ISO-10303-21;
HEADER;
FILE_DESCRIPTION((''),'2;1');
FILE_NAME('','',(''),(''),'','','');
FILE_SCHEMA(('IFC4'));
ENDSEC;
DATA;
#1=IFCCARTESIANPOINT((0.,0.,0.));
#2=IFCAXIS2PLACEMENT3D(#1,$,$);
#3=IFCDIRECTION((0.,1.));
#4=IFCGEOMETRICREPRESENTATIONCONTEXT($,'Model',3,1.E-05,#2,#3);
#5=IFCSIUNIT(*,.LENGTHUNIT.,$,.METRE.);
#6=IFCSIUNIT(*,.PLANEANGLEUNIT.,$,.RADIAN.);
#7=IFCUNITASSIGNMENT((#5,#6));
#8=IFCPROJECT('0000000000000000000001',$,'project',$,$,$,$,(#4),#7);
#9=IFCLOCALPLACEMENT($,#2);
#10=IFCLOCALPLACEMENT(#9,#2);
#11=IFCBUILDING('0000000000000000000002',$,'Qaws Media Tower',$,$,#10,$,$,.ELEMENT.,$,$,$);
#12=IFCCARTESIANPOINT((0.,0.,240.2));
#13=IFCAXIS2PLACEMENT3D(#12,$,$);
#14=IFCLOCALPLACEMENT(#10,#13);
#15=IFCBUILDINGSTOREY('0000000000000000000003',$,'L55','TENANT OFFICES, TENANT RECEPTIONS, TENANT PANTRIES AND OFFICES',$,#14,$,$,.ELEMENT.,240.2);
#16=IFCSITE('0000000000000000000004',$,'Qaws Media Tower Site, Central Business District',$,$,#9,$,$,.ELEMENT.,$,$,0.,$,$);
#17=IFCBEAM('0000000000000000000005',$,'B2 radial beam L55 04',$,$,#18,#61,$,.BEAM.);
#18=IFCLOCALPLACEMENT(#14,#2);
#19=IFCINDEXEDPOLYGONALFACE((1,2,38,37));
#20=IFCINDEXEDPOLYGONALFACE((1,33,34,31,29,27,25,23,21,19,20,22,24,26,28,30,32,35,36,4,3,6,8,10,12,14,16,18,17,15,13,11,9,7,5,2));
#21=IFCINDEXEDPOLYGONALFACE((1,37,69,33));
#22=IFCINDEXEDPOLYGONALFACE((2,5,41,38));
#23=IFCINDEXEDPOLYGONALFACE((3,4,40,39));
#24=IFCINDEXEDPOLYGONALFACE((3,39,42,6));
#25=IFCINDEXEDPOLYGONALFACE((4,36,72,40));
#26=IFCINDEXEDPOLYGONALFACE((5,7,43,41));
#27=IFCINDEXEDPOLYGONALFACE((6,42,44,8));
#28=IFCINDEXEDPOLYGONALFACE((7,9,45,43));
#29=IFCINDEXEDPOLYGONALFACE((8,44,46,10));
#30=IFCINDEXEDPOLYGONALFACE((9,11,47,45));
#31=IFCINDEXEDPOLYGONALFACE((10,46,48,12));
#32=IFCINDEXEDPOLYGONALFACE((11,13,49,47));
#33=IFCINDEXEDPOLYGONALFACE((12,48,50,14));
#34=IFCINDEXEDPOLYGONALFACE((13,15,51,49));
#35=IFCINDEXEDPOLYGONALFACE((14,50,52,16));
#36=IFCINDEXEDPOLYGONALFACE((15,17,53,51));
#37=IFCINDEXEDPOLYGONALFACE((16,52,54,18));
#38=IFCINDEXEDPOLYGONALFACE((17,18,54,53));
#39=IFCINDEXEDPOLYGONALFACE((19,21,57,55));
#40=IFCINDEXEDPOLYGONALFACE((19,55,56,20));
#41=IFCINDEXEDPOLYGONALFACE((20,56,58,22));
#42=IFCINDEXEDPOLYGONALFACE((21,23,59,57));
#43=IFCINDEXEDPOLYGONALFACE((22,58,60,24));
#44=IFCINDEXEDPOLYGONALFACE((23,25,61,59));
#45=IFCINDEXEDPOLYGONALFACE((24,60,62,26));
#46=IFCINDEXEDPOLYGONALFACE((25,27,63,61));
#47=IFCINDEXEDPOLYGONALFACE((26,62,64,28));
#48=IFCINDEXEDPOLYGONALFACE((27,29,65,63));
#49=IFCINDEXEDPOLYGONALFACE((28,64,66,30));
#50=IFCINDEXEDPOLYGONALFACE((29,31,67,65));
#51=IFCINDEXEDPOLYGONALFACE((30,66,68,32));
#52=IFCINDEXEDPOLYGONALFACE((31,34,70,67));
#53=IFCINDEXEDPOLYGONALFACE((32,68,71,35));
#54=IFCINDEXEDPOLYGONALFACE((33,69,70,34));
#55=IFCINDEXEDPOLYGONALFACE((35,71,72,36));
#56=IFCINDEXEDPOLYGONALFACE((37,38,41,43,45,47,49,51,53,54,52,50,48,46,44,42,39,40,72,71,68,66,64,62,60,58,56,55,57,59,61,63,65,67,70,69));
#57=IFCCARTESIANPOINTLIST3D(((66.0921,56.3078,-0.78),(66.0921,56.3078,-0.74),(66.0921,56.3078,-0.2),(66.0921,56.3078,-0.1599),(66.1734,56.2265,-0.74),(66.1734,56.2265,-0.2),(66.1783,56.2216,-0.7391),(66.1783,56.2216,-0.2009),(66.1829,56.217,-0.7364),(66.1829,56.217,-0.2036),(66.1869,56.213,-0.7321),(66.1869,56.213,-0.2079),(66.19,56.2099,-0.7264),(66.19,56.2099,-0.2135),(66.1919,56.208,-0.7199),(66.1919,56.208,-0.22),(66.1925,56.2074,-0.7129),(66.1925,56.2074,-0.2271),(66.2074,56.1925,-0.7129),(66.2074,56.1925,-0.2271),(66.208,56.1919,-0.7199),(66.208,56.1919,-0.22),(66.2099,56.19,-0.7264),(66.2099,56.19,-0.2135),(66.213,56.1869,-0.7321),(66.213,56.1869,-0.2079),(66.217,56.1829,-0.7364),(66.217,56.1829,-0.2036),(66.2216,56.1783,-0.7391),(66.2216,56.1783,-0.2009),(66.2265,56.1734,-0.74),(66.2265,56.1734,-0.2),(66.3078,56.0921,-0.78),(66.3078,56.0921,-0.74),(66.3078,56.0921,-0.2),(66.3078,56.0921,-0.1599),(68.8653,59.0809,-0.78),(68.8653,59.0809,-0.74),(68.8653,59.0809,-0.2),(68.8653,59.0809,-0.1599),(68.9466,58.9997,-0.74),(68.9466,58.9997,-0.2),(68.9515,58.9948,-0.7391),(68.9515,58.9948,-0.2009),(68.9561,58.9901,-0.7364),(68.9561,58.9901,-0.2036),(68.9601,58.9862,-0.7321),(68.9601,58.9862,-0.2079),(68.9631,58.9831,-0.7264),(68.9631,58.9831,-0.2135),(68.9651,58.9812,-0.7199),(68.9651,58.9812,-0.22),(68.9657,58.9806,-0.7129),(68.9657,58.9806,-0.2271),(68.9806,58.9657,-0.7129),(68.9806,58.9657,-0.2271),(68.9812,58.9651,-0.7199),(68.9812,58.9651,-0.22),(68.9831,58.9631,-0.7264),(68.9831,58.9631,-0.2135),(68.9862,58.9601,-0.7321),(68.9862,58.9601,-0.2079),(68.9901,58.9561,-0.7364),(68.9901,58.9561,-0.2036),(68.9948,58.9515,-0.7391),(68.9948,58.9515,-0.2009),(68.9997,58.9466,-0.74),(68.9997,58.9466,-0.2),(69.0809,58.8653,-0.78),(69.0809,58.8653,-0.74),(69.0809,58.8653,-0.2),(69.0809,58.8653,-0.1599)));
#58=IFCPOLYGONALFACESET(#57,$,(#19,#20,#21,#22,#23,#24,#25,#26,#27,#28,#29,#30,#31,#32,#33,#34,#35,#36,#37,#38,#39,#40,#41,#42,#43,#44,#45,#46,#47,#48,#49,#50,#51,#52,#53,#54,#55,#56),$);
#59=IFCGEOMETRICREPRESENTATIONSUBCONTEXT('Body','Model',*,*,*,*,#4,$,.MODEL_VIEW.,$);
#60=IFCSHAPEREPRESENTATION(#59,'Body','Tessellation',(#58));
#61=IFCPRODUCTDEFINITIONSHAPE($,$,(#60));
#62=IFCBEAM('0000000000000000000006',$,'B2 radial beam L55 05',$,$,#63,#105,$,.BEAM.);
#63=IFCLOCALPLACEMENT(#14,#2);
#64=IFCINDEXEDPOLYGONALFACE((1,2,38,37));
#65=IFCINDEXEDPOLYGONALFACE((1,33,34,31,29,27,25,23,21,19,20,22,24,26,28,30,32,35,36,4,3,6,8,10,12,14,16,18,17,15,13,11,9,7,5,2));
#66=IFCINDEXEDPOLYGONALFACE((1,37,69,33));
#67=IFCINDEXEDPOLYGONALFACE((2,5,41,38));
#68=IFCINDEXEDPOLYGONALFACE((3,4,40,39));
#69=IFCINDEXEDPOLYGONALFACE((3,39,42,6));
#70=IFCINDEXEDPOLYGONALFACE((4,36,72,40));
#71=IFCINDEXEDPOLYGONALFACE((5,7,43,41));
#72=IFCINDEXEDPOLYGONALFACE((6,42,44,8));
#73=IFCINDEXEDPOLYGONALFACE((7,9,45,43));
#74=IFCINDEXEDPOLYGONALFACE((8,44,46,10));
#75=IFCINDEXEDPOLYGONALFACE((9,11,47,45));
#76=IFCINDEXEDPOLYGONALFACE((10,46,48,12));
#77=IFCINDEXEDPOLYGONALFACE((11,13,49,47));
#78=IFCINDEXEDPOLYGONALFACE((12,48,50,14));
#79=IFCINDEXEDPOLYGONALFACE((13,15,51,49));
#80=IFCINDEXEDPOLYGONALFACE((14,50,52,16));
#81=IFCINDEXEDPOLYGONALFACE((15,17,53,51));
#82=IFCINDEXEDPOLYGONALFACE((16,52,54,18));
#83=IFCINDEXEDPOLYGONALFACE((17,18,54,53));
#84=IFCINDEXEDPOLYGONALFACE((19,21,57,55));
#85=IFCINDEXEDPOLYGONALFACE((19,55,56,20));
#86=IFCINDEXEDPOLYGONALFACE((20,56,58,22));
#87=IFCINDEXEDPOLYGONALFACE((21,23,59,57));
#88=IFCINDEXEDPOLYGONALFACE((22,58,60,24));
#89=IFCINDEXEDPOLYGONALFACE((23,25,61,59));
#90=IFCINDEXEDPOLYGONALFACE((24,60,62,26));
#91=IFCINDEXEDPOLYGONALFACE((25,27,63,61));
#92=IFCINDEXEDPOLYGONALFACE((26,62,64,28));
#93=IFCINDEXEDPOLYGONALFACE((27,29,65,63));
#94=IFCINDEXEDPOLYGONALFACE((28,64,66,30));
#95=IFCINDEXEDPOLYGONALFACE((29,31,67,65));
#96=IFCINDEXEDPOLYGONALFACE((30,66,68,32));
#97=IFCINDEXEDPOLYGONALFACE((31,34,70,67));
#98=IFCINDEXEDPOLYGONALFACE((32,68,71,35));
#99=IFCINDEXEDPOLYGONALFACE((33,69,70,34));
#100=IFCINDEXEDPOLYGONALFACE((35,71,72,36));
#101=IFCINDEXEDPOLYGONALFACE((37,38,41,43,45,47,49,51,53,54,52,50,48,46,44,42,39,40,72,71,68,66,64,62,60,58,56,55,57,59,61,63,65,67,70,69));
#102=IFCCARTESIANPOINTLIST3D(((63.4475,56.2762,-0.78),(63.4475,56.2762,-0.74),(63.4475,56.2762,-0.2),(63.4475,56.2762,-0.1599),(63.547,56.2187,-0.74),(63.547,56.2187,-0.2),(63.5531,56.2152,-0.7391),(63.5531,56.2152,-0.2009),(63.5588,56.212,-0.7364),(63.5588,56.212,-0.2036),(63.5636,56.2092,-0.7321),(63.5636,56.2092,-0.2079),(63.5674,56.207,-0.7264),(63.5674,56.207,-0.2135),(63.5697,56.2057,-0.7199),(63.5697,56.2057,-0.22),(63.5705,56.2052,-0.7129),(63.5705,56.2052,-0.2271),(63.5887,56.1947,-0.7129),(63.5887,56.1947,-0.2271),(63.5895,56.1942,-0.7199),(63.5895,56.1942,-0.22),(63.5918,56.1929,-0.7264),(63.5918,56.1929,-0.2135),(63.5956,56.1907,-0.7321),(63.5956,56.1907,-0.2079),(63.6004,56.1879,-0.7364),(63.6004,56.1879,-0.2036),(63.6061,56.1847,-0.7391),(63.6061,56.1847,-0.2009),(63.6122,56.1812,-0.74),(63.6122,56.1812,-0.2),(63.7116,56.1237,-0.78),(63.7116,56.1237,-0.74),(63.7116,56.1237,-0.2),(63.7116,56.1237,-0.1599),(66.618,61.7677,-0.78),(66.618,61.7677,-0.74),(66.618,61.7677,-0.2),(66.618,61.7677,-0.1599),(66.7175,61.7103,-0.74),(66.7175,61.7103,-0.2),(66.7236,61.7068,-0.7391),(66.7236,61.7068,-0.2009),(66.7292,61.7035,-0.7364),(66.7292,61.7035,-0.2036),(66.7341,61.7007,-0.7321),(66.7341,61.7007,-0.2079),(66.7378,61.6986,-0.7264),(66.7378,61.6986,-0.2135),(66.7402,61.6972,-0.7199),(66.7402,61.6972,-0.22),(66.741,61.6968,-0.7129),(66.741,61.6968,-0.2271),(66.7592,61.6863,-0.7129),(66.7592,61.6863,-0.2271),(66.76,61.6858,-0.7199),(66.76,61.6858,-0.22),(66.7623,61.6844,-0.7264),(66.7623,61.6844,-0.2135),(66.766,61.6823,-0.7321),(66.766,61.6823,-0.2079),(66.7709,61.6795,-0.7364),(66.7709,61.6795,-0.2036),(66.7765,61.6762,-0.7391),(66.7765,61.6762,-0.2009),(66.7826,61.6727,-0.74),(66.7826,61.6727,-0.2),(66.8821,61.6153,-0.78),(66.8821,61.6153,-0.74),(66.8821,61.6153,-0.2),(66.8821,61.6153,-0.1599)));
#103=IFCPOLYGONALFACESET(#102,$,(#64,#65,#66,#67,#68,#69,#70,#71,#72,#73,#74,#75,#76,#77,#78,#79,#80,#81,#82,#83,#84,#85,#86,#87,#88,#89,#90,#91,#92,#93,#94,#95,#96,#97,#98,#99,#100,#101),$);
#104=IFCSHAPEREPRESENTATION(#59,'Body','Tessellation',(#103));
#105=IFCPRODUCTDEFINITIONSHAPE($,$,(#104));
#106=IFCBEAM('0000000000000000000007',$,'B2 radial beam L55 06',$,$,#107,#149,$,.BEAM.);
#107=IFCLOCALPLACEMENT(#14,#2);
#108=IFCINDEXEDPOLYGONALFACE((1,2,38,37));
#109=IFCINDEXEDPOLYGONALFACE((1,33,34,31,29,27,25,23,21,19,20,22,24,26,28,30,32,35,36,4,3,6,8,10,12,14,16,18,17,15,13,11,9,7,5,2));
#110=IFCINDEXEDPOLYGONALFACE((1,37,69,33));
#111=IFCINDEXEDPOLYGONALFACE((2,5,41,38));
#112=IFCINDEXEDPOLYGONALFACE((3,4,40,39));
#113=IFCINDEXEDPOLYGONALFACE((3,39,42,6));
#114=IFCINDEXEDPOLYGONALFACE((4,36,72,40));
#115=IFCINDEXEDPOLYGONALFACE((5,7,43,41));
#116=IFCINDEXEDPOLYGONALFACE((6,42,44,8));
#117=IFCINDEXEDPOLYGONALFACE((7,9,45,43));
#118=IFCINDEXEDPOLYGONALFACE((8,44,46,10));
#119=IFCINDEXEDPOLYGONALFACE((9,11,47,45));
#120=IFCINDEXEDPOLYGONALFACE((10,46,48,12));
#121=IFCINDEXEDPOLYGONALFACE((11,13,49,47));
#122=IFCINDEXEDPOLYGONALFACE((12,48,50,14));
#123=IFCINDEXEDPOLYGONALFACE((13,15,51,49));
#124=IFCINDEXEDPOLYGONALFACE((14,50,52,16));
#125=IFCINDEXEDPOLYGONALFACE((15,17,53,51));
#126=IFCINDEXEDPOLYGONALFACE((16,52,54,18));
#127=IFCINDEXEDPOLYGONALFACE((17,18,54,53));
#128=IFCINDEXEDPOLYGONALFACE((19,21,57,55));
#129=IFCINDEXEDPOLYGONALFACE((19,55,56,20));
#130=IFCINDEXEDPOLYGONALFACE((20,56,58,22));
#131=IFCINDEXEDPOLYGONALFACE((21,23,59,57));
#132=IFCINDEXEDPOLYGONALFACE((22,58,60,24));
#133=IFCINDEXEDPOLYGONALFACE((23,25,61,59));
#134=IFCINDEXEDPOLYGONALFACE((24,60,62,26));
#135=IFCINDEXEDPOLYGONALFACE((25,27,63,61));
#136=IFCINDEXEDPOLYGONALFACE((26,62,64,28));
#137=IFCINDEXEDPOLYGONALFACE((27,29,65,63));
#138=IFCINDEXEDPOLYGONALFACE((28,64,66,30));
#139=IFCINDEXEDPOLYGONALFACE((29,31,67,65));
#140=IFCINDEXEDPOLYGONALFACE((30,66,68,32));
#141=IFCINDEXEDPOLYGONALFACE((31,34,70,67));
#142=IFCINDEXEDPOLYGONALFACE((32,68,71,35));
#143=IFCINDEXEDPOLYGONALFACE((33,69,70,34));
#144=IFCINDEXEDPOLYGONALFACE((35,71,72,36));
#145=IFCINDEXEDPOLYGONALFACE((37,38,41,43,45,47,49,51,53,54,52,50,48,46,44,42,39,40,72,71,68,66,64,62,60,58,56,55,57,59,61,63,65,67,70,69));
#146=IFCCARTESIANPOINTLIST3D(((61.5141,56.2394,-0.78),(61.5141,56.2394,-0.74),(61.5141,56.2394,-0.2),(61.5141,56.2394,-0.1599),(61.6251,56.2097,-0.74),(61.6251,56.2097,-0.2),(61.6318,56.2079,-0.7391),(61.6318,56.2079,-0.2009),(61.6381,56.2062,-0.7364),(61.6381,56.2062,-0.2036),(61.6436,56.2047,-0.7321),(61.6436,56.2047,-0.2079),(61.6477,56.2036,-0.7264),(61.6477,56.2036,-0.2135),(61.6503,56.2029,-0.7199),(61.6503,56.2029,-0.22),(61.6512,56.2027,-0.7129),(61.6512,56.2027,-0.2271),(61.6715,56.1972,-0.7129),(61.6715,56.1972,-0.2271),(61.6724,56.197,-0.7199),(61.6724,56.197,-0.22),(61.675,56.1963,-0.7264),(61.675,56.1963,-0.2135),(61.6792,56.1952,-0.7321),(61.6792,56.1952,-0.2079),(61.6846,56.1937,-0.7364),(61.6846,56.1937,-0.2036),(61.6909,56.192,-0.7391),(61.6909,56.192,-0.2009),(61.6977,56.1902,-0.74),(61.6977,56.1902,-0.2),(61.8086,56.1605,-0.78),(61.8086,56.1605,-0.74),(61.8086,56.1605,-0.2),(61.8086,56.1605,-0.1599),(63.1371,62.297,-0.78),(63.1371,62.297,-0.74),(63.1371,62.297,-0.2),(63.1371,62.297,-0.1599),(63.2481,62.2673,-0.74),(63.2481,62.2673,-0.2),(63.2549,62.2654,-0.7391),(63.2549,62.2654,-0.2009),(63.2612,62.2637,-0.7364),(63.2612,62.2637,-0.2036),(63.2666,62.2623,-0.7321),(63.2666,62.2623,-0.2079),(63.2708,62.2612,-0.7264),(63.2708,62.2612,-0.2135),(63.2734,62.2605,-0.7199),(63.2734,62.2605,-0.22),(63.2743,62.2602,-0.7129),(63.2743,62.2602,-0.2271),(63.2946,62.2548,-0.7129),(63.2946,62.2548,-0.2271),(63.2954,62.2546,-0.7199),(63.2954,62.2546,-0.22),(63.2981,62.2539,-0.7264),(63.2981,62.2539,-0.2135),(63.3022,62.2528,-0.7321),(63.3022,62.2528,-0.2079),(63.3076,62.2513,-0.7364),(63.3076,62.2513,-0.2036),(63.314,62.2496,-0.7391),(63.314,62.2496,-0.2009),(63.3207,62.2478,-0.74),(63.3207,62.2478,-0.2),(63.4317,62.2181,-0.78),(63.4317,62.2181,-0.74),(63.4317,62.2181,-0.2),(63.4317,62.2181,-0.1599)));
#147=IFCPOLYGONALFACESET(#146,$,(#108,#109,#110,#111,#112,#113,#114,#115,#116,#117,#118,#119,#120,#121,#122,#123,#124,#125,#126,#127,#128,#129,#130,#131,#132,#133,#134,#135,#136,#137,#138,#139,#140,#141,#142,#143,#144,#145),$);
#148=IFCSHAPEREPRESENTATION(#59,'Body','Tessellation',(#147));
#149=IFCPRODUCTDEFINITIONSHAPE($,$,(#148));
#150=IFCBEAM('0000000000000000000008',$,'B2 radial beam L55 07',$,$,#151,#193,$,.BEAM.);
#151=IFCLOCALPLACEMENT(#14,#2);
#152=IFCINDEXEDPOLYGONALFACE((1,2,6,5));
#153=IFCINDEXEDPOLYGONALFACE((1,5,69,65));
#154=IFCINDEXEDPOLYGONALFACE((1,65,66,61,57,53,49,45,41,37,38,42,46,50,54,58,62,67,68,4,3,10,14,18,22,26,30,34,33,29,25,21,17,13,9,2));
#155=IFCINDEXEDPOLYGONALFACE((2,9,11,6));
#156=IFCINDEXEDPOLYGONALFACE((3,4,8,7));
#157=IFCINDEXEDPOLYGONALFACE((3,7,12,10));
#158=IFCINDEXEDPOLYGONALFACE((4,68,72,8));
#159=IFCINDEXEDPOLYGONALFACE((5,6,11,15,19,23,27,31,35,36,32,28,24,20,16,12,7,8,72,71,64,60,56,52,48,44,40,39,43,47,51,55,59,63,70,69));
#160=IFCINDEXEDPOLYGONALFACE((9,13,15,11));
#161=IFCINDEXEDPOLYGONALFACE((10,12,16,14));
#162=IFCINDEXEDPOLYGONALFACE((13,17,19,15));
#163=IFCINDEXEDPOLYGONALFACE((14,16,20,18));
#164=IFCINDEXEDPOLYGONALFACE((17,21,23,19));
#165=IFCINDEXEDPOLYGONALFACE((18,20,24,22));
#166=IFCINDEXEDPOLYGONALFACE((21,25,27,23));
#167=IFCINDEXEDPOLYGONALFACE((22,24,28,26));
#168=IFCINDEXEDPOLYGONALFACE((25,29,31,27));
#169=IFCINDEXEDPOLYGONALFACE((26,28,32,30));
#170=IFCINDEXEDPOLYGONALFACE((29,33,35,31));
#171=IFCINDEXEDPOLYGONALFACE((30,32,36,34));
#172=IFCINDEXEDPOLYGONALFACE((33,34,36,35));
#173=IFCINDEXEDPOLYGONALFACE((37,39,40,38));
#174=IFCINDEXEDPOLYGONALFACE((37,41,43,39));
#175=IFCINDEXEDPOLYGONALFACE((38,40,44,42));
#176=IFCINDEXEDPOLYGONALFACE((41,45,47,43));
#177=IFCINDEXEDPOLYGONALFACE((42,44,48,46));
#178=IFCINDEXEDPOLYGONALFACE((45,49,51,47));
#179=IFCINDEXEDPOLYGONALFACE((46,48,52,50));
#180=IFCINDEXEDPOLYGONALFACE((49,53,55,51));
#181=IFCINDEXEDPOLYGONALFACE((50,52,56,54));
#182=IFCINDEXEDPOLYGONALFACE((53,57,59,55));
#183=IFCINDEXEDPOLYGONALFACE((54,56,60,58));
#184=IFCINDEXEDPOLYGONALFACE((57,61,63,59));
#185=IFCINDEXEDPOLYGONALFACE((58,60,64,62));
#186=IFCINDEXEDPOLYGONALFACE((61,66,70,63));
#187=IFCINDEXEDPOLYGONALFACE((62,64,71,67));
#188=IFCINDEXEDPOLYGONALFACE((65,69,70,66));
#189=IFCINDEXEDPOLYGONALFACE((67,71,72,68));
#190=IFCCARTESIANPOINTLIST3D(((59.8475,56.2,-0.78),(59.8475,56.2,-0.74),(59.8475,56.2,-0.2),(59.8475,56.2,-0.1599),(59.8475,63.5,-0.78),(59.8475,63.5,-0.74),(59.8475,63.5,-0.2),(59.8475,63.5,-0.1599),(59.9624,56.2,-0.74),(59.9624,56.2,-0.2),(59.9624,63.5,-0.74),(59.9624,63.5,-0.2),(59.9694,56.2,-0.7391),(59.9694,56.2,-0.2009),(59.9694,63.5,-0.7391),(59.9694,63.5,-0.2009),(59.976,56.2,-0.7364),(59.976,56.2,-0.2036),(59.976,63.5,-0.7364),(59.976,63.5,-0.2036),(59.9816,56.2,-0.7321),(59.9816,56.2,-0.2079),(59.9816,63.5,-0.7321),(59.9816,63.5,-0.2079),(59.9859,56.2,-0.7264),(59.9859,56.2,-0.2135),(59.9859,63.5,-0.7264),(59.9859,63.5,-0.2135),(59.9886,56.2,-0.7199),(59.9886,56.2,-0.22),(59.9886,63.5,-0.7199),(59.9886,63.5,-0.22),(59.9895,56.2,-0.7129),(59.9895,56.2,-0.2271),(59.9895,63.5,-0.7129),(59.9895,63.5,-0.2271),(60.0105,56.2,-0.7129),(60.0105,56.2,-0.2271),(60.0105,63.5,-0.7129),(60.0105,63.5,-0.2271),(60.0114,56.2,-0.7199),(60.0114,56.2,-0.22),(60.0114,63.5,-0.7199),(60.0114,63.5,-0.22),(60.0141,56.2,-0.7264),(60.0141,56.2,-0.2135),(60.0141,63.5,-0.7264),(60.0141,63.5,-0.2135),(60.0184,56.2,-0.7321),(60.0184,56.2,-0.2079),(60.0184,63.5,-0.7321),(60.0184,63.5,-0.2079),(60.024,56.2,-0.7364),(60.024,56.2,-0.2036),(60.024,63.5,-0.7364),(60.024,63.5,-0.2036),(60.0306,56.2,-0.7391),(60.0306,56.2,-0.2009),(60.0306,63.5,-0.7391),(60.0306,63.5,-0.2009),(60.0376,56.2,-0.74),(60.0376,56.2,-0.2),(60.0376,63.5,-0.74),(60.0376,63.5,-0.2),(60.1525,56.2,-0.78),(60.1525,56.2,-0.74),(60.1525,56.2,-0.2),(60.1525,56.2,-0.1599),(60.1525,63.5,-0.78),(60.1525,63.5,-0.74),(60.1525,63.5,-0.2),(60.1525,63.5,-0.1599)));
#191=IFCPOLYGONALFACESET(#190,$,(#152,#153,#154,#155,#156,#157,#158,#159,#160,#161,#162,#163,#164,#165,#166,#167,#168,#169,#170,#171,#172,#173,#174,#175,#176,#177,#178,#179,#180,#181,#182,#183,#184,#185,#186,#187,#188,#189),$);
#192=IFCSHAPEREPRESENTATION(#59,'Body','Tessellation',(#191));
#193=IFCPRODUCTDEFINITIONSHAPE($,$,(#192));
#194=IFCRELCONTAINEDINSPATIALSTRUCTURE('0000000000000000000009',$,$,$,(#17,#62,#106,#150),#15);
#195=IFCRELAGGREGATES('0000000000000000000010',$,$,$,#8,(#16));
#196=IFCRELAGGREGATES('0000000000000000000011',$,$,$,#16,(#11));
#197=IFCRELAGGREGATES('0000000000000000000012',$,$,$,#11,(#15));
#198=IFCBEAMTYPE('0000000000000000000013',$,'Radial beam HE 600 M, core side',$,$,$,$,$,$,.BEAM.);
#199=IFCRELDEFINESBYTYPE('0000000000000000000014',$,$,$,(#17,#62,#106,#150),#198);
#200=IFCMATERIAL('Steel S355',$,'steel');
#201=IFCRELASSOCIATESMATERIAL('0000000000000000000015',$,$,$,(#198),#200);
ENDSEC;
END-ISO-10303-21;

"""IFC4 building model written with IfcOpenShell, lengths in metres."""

from ifc_helpers import new_model, si_unit, direction, frame, origin, origin_2d, place, context, subcontext, project, spatial, i_section, extrude, material, material_profile, profile_set, type_object, element, save


model = new_model("IFC4")

# Units and contexts
model_context = context("Model", 3, precision=1e-05, world=origin(), true_north=direction((0.0, 1.0)))
body_context = subcontext(model_context, "Body", "Model", "MODEL_VIEW")
ifc_project = project(units=[si_unit("LENGTHUNIT", "METRE"), si_unit("PLANEANGLEUNIT", "RADIAN")], contexts=[model_context])

# Site, building, storey
site_placement = place(None, origin())
site = spatial("IfcSite", under=ifc_project, at=site_placement, Name="Qaws Media Tower Site, Central Business District", CompositionType="ELEMENT", RefElevation=0.0)
building_placement = place(site_placement, origin())
building = spatial("IfcBuilding", under=site, at=building_placement, Name="Qaws Media Tower", CompositionType="ELEMENT")
storey_placement = place(building_placement, frame((0.0, 0.0, 240.2)))
storey = spatial("IfcBuildingStorey", under=building, at=storey_placement, Name="L55", Description="TENANT OFFICES, TENANT RECEPTIONS, TENANT PANTRIES AND OFFICES", CompositionType="ELEMENT", Elevation=240.2)

# Beams
ifc_material_1 = material(Name="Steel S355", Category="steel")
ifc_material_profile = material_profile(ifc_material_1, i_section(OverallWidth=0.3049, OverallDepth=0.6201, WebThickness=0.021, FlangeThickness=0.04, FilletRadius=0.0271, at=origin_2d()), Name="HE 600 M")
ifc_profile_set = profile_set([ifc_material_profile], Name="Steel S355")
beam_type = type_object("IfcBeamType", Name="Radial beam HE 600 M, core side", PredefinedType="BEAM", material=ifc_profile_set)
beam_1_placement = place(storey_placement, frame((66.2, 56.2, -0.47), z_axis=(0.707107, 0.707107, 0.0), x_axis=(-0.707107, 0.707107, 0.0)))
element("IfcBeam", 1, at=beam_1_placement, inside=storey, type_object=beam_type, Name="B2 radial beam L55 04", PredefinedType="BEAM", context=body_context, shape_type="SweptSolid", body=[
    extrude(i_section(OverallWidth=0.3049, OverallDepth=0.6201, WebThickness=0.021, FlangeThickness=0.04, FilletRadius=0.0271, at=origin_2d()), origin(), (0.0, 0.0, 1.0), 3.9219),
])
beam_2_placement = place(storey_placement, frame((63.5796, 56.2, -0.47), z_axis=(0.49999, 0.866031, 0.0), x_axis=(-0.866031, 0.49999, 0.0)))
element("IfcBeam", 2, at=beam_2_placement, inside=storey, type_object=beam_type, Name="B2 radial beam L55 05", PredefinedType="BEAM", context=body_context, shape_type="SweptSolid", body=[
    extrude(i_section(OverallWidth=0.3049, OverallDepth=0.6201, WebThickness=0.021, FlangeThickness=0.04, FilletRadius=0.0271, at=origin_2d()), origin(), (0.0, 0.0, 1.0), 6.3411),
])
beam_3_placement = place(storey_placement, frame((61.6614, 56.2, -0.47), z_axis=(0.258806, 0.965929, 0.0), x_axis=(-0.965929, 0.258806, 0.0)))
element("IfcBeam", 3, at=beam_3_placement, inside=storey, type_object=beam_type, Name="B2 radial beam L55 06", PredefinedType="BEAM", context=body_context, shape_type="SweptSolid", body=[
    extrude(i_section(OverallWidth=0.3049, OverallDepth=0.6201, WebThickness=0.021, FlangeThickness=0.04, FilletRadius=0.0271, at=origin_2d()), origin(), (0.0, 0.0, 1.0), 6.2712),
])
beam_4_placement = place(storey_placement, frame((60.0, 56.2, -0.47), z_axis=(0.0, 1.0, 0.0), x_axis=(-1.0, 0.0, 0.0)))
element("IfcBeam", 4, at=beam_4_placement, inside=storey, type_object=beam_type, Name="B2 radial beam L55 07", PredefinedType="BEAM", context=body_context, shape_type="SweptSolid", body=[
    extrude(i_section(OverallWidth=0.3049, OverallDepth=0.6201, WebThickness=0.021, FlangeThickness=0.04, FilletRadius=0.0271, at=origin_2d()), origin(), (0.0, 0.0, 1.0), 7.3),
])

save(model, "model.ifc")
